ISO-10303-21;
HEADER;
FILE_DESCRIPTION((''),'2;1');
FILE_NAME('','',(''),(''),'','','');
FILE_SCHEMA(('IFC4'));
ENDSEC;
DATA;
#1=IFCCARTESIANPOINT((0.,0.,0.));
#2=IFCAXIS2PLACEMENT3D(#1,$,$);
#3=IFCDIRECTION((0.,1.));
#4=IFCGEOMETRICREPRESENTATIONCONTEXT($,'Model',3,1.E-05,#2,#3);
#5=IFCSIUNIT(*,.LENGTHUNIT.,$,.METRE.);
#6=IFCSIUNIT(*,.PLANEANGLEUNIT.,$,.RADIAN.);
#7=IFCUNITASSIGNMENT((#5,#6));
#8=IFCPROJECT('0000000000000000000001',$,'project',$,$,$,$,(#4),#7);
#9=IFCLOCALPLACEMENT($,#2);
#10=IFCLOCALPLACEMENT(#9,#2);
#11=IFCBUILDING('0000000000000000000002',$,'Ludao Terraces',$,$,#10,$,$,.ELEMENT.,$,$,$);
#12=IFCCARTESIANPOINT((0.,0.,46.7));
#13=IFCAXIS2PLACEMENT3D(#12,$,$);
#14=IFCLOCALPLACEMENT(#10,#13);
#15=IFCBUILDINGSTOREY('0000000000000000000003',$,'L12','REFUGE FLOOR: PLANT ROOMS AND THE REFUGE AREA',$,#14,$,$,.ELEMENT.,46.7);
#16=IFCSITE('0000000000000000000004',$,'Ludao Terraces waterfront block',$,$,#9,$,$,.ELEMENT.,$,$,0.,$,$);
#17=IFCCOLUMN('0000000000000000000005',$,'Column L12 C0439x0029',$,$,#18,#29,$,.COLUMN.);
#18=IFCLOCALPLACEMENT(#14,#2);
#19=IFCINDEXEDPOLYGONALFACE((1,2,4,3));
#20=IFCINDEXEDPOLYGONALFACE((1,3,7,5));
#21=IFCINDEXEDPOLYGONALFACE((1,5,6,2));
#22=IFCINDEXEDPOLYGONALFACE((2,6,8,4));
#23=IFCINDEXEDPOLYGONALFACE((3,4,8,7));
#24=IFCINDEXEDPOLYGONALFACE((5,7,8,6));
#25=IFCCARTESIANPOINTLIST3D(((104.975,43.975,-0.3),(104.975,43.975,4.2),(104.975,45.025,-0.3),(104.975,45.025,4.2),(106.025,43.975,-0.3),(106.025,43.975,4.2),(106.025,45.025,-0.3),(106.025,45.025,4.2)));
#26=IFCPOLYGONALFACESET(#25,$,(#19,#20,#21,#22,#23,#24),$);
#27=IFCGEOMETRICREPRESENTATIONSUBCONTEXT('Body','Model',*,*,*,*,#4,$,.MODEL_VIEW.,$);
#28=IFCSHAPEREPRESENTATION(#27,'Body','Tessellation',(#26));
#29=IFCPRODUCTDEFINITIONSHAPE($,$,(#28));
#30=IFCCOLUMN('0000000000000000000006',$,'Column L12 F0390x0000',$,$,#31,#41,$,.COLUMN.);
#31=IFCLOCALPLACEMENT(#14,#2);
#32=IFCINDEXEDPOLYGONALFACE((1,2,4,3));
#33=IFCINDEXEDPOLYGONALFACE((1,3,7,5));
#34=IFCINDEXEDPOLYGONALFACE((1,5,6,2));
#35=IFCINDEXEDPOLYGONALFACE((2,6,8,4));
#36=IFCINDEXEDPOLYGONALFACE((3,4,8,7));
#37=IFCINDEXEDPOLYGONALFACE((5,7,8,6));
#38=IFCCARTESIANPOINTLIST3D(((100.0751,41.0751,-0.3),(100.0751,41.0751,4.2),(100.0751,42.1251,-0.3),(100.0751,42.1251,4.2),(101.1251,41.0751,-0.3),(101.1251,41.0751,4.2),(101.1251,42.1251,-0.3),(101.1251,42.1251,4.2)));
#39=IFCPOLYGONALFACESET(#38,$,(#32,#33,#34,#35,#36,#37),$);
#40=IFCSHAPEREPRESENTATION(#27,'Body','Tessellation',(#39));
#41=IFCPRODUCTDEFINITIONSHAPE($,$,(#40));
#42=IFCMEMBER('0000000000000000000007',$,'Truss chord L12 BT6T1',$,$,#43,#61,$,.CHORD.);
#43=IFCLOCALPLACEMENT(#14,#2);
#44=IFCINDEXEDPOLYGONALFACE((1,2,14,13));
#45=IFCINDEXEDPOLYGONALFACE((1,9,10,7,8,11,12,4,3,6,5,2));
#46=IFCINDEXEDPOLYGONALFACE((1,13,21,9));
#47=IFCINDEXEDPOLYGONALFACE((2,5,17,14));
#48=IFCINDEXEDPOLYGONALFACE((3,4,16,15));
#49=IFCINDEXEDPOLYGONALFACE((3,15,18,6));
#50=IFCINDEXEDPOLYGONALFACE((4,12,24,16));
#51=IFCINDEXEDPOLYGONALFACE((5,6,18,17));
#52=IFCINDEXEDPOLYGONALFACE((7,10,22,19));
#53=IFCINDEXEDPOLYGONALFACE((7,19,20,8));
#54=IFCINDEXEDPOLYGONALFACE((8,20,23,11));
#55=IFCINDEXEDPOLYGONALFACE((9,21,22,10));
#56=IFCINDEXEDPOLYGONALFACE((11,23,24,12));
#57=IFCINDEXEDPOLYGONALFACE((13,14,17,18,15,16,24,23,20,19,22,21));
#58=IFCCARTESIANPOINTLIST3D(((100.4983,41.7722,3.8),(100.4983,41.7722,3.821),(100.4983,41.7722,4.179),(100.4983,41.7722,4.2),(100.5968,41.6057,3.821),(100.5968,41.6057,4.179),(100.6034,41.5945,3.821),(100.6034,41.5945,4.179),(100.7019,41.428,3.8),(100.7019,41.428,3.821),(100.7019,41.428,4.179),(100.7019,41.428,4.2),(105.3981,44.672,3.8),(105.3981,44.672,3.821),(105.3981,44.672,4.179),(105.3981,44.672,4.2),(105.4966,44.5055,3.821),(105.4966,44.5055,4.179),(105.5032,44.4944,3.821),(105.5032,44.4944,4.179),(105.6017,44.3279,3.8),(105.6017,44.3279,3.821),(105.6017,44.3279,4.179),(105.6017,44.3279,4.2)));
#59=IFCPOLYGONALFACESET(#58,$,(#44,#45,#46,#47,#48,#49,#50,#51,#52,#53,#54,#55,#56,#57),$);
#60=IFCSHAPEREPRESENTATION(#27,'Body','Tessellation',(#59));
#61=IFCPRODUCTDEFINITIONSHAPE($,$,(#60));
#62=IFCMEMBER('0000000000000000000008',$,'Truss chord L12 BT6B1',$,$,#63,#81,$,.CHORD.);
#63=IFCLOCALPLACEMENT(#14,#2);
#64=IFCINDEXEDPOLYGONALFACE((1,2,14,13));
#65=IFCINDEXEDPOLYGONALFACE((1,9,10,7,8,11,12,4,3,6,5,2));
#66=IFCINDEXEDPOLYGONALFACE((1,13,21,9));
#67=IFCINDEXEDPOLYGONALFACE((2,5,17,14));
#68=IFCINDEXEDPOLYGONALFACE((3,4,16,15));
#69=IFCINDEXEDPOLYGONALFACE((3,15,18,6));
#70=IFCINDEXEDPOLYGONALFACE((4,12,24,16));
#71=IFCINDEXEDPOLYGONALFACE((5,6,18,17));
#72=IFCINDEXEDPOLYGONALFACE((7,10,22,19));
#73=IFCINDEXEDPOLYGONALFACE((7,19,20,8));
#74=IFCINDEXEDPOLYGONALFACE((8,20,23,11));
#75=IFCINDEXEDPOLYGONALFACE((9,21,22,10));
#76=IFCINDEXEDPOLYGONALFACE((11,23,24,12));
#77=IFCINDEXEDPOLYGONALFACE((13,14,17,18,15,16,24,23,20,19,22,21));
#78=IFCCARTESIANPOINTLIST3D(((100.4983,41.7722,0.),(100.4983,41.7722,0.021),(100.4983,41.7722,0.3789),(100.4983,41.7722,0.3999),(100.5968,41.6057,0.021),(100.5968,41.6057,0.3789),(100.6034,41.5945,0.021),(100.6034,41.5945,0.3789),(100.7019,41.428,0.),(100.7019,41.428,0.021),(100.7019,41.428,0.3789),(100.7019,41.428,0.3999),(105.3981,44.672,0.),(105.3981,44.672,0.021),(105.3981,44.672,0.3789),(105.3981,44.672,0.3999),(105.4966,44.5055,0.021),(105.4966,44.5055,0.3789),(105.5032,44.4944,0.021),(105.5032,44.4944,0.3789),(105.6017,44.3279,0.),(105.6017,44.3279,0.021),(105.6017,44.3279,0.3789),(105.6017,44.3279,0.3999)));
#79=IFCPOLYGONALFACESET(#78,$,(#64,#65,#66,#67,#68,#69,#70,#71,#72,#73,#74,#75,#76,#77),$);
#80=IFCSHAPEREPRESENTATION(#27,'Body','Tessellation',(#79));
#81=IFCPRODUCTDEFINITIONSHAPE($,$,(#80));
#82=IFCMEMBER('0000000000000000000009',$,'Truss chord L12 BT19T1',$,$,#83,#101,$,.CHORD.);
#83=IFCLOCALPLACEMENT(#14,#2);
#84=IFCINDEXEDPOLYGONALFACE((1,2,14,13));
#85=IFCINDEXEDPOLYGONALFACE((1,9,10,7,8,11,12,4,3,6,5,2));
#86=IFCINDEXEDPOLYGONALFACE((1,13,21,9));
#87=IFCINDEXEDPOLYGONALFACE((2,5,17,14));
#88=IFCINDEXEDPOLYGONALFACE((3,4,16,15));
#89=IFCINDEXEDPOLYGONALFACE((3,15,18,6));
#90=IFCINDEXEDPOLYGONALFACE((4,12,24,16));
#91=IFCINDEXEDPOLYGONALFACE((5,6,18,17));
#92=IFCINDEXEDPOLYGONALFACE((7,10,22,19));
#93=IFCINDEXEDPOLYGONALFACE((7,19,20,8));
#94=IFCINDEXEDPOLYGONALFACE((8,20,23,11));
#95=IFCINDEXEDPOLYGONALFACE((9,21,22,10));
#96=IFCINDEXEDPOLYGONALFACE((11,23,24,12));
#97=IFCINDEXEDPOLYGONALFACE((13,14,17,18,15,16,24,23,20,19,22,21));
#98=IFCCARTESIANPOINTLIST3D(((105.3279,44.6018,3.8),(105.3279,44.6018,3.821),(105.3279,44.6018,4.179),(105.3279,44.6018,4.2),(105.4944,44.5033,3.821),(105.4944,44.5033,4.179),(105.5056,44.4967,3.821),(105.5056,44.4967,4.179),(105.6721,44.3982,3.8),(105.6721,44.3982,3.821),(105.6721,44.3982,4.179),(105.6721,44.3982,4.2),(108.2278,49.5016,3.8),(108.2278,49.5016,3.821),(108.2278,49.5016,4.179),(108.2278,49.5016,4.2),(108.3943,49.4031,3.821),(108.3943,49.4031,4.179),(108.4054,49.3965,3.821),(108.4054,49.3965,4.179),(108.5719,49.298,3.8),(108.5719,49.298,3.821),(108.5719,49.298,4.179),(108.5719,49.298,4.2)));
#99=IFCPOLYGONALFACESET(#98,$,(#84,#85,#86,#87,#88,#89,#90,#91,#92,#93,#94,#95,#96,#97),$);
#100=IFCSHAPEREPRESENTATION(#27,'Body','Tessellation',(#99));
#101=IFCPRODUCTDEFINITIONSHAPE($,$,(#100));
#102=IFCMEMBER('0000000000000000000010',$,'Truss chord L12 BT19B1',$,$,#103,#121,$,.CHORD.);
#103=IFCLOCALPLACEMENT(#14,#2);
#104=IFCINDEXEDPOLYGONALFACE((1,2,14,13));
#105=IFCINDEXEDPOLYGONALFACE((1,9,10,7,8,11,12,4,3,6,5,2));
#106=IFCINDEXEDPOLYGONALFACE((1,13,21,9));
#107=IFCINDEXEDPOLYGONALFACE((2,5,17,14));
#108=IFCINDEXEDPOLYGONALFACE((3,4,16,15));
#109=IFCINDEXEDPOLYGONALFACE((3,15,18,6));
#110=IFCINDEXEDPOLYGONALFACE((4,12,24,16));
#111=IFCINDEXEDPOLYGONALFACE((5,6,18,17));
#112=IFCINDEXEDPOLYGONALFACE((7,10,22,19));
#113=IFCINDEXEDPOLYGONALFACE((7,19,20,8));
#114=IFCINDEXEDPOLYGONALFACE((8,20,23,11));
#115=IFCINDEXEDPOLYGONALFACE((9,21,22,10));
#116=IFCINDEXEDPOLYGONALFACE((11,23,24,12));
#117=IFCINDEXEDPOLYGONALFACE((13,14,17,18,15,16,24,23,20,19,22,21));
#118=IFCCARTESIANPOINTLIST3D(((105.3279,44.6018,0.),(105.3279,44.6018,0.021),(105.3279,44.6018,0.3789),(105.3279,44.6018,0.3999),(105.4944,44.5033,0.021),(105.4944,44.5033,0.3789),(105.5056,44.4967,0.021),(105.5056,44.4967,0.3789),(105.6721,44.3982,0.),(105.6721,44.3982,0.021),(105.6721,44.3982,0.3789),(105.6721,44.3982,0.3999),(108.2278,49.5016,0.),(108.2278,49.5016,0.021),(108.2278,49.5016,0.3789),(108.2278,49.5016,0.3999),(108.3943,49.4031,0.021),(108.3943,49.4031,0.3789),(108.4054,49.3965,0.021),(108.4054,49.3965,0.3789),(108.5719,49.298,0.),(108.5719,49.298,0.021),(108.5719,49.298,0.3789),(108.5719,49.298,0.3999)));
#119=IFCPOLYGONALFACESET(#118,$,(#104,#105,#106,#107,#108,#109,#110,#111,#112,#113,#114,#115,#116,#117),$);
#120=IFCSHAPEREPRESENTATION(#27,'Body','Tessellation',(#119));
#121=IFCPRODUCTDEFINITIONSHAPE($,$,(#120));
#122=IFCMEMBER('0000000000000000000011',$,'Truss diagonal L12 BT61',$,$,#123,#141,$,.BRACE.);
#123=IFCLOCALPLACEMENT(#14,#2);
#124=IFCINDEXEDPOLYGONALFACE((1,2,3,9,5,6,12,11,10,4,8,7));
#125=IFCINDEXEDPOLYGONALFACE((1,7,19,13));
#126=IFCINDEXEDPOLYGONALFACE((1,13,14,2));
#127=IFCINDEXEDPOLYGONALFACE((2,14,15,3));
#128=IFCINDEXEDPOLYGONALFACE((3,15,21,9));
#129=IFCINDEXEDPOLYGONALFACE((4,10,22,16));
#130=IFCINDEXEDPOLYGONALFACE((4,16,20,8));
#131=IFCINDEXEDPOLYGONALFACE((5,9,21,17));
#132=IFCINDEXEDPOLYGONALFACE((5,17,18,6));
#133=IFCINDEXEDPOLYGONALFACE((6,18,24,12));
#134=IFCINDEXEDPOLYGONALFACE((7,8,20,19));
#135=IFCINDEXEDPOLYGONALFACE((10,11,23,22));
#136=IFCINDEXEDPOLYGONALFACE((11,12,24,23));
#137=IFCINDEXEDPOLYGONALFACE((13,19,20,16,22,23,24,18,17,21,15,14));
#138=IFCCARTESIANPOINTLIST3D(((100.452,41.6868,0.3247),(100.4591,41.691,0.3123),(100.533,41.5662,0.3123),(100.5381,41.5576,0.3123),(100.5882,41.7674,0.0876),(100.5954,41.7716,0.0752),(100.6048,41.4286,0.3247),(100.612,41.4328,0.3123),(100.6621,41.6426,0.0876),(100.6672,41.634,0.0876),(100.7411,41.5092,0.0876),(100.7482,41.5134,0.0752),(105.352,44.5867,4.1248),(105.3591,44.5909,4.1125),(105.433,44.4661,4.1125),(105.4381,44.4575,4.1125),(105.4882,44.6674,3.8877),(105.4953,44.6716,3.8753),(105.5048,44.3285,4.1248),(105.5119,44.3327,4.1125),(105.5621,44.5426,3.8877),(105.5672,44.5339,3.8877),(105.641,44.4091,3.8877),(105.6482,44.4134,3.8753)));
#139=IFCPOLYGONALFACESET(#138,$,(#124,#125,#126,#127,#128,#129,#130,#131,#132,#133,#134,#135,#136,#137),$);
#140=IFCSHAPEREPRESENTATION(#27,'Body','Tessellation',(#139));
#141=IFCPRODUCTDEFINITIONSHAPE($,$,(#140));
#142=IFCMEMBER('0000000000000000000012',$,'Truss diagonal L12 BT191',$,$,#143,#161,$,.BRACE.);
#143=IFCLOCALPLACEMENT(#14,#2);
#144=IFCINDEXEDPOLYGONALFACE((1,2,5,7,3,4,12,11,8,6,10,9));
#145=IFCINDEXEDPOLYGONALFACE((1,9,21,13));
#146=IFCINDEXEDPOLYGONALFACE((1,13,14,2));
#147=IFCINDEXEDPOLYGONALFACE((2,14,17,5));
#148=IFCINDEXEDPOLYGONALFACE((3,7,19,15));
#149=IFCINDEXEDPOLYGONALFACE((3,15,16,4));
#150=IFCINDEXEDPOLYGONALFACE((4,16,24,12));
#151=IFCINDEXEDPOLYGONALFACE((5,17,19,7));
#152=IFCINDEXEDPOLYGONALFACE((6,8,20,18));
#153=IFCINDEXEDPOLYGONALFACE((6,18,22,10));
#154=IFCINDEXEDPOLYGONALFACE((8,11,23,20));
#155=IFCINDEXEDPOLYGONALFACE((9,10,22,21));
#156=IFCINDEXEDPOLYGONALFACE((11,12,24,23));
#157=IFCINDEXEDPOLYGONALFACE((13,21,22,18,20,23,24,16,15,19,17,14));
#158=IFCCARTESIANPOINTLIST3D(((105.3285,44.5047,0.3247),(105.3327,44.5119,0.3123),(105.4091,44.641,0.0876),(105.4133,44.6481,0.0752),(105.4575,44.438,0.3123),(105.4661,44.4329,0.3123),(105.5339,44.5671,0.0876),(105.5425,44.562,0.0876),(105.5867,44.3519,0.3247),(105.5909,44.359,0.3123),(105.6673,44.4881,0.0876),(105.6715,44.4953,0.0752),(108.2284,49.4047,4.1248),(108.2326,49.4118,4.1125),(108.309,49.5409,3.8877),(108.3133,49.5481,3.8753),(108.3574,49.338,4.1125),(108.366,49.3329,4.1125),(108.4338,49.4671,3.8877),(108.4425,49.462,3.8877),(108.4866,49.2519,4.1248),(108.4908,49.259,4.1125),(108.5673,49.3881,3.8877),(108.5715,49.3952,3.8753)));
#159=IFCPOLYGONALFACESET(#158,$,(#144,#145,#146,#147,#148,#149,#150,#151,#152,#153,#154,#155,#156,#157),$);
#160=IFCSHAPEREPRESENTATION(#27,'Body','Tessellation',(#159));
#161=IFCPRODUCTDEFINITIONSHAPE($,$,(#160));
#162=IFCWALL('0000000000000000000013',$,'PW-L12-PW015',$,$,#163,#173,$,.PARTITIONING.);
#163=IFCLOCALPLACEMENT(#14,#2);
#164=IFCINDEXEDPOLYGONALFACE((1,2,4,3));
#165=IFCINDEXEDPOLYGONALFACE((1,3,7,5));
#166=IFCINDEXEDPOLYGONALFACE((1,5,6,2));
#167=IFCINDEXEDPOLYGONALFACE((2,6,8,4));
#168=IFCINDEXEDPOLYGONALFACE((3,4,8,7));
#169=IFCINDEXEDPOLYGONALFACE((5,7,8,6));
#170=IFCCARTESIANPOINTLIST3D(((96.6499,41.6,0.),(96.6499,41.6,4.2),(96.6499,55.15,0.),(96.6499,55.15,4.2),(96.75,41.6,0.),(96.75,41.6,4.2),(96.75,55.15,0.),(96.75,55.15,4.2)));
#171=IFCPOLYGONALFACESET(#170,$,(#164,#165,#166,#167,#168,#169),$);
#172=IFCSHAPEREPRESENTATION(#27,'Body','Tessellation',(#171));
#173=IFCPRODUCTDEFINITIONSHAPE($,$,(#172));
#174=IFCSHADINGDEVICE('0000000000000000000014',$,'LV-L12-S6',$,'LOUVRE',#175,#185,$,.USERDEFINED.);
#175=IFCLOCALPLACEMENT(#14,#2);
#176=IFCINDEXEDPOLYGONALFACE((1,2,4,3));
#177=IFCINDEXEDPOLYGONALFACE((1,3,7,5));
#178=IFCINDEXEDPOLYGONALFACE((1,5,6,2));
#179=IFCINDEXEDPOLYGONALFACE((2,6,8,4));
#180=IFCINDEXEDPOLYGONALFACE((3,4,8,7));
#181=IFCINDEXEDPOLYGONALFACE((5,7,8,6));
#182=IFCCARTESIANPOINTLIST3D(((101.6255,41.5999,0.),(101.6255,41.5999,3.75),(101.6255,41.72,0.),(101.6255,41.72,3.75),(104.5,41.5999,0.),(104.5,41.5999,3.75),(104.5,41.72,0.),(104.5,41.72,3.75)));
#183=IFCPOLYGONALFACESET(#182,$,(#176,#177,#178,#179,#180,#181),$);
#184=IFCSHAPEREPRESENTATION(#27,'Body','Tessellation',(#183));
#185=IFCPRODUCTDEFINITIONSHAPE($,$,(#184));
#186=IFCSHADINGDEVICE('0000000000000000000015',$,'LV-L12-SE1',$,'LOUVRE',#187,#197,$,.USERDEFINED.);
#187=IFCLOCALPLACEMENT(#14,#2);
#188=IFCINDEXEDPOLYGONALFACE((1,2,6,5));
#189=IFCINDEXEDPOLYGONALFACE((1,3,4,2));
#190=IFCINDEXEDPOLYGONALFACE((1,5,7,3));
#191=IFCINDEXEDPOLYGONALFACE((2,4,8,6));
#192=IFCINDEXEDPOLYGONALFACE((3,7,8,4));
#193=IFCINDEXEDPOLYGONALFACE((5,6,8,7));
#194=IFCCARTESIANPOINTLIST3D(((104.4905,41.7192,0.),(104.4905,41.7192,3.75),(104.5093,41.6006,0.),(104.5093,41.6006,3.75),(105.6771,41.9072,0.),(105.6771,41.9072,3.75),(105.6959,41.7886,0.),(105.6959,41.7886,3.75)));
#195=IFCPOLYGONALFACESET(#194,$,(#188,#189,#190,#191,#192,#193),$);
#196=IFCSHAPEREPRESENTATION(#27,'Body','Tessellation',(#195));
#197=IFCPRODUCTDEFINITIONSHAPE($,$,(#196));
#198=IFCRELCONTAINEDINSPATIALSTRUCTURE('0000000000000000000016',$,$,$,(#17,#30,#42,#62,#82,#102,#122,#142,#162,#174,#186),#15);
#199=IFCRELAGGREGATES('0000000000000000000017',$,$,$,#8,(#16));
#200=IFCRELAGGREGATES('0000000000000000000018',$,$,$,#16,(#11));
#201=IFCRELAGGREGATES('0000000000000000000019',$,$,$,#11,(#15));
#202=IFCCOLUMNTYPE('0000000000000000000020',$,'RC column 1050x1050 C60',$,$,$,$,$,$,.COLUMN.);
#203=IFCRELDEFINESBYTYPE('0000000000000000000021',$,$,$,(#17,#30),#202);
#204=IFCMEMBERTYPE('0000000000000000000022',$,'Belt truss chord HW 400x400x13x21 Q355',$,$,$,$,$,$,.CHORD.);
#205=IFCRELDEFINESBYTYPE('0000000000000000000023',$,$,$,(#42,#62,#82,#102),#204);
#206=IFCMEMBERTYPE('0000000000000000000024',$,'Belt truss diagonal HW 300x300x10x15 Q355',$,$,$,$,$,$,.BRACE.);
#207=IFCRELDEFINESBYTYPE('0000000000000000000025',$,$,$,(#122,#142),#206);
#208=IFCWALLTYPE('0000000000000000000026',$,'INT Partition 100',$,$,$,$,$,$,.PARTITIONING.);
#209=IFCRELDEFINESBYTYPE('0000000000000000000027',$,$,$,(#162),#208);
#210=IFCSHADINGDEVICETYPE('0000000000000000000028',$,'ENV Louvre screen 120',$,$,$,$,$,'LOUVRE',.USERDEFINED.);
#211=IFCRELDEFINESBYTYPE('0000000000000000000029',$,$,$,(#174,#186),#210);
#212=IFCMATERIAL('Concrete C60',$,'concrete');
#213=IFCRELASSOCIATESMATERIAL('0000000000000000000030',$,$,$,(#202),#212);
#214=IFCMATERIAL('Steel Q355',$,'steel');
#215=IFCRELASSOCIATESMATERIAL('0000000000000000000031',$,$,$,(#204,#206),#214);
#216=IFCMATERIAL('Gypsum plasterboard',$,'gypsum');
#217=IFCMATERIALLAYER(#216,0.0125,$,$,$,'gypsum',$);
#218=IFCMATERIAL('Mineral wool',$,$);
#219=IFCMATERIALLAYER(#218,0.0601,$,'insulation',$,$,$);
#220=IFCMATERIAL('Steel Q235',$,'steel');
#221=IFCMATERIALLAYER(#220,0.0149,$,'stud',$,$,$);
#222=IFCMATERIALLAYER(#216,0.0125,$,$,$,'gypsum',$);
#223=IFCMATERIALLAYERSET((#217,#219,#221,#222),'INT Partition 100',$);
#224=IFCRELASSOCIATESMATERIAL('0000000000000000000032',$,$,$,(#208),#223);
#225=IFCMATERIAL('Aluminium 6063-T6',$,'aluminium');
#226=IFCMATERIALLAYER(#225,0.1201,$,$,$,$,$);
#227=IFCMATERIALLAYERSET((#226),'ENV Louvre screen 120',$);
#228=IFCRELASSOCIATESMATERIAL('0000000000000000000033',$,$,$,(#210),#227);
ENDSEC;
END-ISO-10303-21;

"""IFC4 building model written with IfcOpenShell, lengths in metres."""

from ifc_helpers import new_model, si_unit, direction, frame, frame_2d, origin, origin_2d, place, context, subcontext, project, spatial, rectangle, i_section, extrude, material, layer, layer_set, material_profile, profile_set, type_object, element, save


model = new_model("IFC4")

# Units and contexts
model_context = context("Model", 3, precision=1e-05, world=origin(), true_north=direction((0.0, 1.0)))
body_context = subcontext(model_context, "Body", "Model", "MODEL_VIEW")
ifc_project = project(units=[si_unit("LENGTHUNIT", "METRE"), si_unit("PLANEANGLEUNIT", "RADIAN")], contexts=[model_context])

# Site, building, storey
site_placement = place(None, origin())
site = spatial("IfcSite", under=ifc_project, at=site_placement, Name="Ludao Terraces waterfront block", CompositionType="ELEMENT", RefElevation=0.0)
building_placement = place(site_placement, origin())
building = spatial("IfcBuilding", under=site, at=building_placement, Name="Ludao Terraces", CompositionType="ELEMENT")
storey_placement = place(building_placement, frame((0.0, 0.0, 46.7)))
storey = spatial("IfcBuildingStorey", under=building, at=storey_placement, Name="L12", Description="REFUGE FLOOR: PLANT ROOMS AND THE REFUGE AREA", CompositionType="ELEMENT", Elevation=46.7)

# Columns
ifc_material_1 = material(Name="Concrete C60", Category="concrete")
ifc_material_profile_1 = material_profile(ifc_material_1, rectangle(XDim=1.05, YDim=1.05, at=origin_2d()), Name="1050 X 1050")
ifc_profile_set_1 = profile_set([ifc_material_profile_1], Name="Concrete C60")
column_type = type_object("IfcColumnType", Name="RC column 1050x1050 C60", PredefinedType="COLUMN", material=ifc_profile_set_1)
for number, where, z_axis, x_axis, name in (
    (1, (105.5, 44.5, -0.3), (0.0, 0.0, 1.0), (1.0, 0.0, 0.0), "Column L12 C0439x0029"),
    (2, (100.6001, 41.6001, -0.3), (0.0, 0.0, 1.0), (1.0, 0.0, 0.0), "Column L12 F0390x0000"),
):
    element("IfcColumn", number, at=place(storey_placement, frame(where, z_axis=z_axis, x_axis=x_axis)), inside=storey, type_object=column_type, Name=name, PredefinedType="COLUMN", context=body_context, shape_type="SweptSolid", body=[
        extrude(rectangle(XDim=1.05, YDim=1.05, at=origin_2d()), origin(), (0.0, 0.0, 1.0), 4.5),
    ])

# Members
ifc_material_2 = material(Name="Steel Q355", Category="steel")
ifc_material_profile_2 = material_profile(ifc_material_2, i_section(OverallWidth=0.3999, OverallDepth=0.3999, WebThickness=0.0129, FlangeThickness=0.021, at=origin_2d()), Name="HW 400X400X13X21")
ifc_profile_set_2 = profile_set([ifc_material_profile_2], Name="Steel Q355")
member_type_1 = type_object("IfcMemberType", Name="Belt truss chord HW 400x400x13x21 Q355", PredefinedType="CHORD", material=ifc_profile_set_2)
for number, where, z_axis, x_axis, name in (
    (3, (100.6001, 41.6001, 4.0), (0.86058, 0.509316, 0.0), (-0.509316, 0.86058, 0.0), "Truss chord L12 BT6T1"),
    (4, (100.6001, 41.6001, 0.2), (0.86058, 0.509316, 0.0), (-0.509316, 0.86058, 0.0), "Truss chord L12 BT6B1"),
    (5, (105.5, 44.5, 4.0), (0.509316, 0.86058, 0.0), (-0.86058, 0.509316, 0.0), "Truss chord L12 BT19T1"),
    (6, (105.5, 44.5, 0.2), (0.509316, 0.86058, 0.0), (-0.86058, 0.509316, 0.0), "Truss chord L12 BT19B1"),
):
    element("IfcMember", number, at=place(storey_placement, frame(where, z_axis=z_axis, x_axis=x_axis)), inside=storey, type_object=member_type_1, Name=name, PredefinedType="CHORD", context=body_context, shape_type="SweptSolid", body=[
        extrude(i_section(OverallWidth=0.3999, OverallDepth=0.3999, WebThickness=0.0129, FlangeThickness=0.021, at=origin_2d()), origin(), (0.0, 0.0, 1.0), 5.6936),
    ])
ifc_material_profile_3 = material_profile(ifc_material_2, i_section(OverallWidth=0.3, OverallDepth=0.3, WebThickness=0.01, FlangeThickness=0.0149, at=origin_2d()), Name="HW 300X300X10X15")
ifc_profile_set_3 = profile_set([ifc_material_profile_3], Name="Steel Q355")
member_type_2 = type_object("IfcMemberType", Name="Belt truss diagonal HW 300x300x10x15 Q355", PredefinedType="BRACE", material=ifc_profile_set_3)
for number, where, z_axis, x_axis, name in (
    (7, (100.6001, 41.6001, 0.2), (0.7158, 0.423631, 0.555128), (-0.509316, 0.86058, 0.0), "Truss diagonal L12 BT61"),
    (8, (105.5, 44.5, 0.2), (0.423631, 0.7158, 0.555128), (-0.86058, 0.509316, 0.0), "Truss diagonal L12 BT191"),
):
    element("IfcMember", number, at=place(storey_placement, frame(where, z_axis=z_axis, x_axis=x_axis)), inside=storey, type_object=member_type_2, Name=name, PredefinedType="BRACE", context=body_context, shape_type="SweptSolid", body=[
        extrude(i_section(OverallWidth=0.3, OverallDepth=0.3, WebThickness=0.01, FlangeThickness=0.0149, at=origin_2d()), origin(), (0.0, 0.0, 1.0), 6.8455),
    ])

# Wall
ifc_material_3 = material(Name="Gypsum plasterboard", Category="gypsum")
ifc_layer_1 = layer(ifc_material_3, 0.0125, Category="gypsum")
ifc_material_4 = material(Name="Mineral wool")
ifc_layer_2 = layer(ifc_material_4, 0.0601, Name="insulation")
ifc_material_5 = material(Name="Steel Q235", Category="steel")
ifc_layer_3 = layer(ifc_material_5, 0.0149, Name="stud")
ifc_layer_4 = layer(ifc_material_3, 0.0125, Category="gypsum")
ifc_layer_set_1 = layer_set([ifc_layer_1, ifc_layer_2, ifc_layer_3, ifc_layer_4], Name="INT Partition 100")
wall_type = type_object("IfcWallType", Name="INT Partition 100", PredefinedType="PARTITIONING", material=ifc_layer_set_1)
wall_placement = place(storey_placement, frame((96.7, 41.6001, 0.0), z_axis=(0.0, 0.0, 1.0), x_axis=(0.0, 1.0, 0.0)))
element("IfcWall", 9, at=wall_placement, inside=storey, type_object=wall_type, Name="PW-L12-PW015", PredefinedType="PARTITIONING", context=body_context, shape_type="SweptSolid", body=[
    extrude(rectangle(XDim=13.55, YDim=0.1001, at=frame_2d((6.7749, 0.0))), origin(), (0.0, 0.0, 1.0), 4.2),
])

# Shading devices
ifc_material_6 = material(Name="Aluminium 6063-T6", Category="aluminium")
ifc_layer_5 = layer(ifc_material_6, 0.1201)
ifc_layer_set_2 = layer_set([ifc_layer_5], Name="ENV Louvre screen 120")
shading_device_type = type_object("IfcShadingDeviceType", Name="ENV Louvre screen 120", ElementType="LOUVRE", PredefinedType="USERDEFINED", material=ifc_layer_set_2)
shading_device_placement = place(storey_placement, frame((101.6255, 41.6599, 0.0), z_axis=(0.0, 0.0, 1.0), x_axis=(1.0, 0.0, 0.0)))
element("IfcShadingDevice", 10, at=shading_device_placement, inside=storey, type_object=shading_device_type, Name="LV-L12-S6", ObjectType="LOUVRE", PredefinedType="USERDEFINED", context=body_context, shape_type="SweptSolid", body=[
    extrude(rectangle(XDim=2.8745, YDim=0.1201, at=frame_2d((1.4373, 0.0))), origin(), (0.0, 0.0, 1.0), 3.75),
])
for number, where, z_axis, x_axis, name in (
    (11, (104.5, 41.6599, 0.0), (0.0, 0.0, 1.0), (0.98768, 0.156484, 0.0), "LV-L12-SE1"),
):
    element("IfcShadingDevice", number, at=place(storey_placement, frame(where, z_axis=z_axis, x_axis=x_axis)), inside=storey, type_object=shading_device_type, Name=name, ObjectType="LOUVRE", PredefinedType="USERDEFINED", context=body_context, shape_type="SweptSolid", body=[
        extrude(rectangle(XDim=1.2014, YDim=0.1201, at=frame_2d((0.6006, 0.0))), origin(), (0.0, 0.0, 1.0), 3.75),
    ])

save(model, "model.ifc")
